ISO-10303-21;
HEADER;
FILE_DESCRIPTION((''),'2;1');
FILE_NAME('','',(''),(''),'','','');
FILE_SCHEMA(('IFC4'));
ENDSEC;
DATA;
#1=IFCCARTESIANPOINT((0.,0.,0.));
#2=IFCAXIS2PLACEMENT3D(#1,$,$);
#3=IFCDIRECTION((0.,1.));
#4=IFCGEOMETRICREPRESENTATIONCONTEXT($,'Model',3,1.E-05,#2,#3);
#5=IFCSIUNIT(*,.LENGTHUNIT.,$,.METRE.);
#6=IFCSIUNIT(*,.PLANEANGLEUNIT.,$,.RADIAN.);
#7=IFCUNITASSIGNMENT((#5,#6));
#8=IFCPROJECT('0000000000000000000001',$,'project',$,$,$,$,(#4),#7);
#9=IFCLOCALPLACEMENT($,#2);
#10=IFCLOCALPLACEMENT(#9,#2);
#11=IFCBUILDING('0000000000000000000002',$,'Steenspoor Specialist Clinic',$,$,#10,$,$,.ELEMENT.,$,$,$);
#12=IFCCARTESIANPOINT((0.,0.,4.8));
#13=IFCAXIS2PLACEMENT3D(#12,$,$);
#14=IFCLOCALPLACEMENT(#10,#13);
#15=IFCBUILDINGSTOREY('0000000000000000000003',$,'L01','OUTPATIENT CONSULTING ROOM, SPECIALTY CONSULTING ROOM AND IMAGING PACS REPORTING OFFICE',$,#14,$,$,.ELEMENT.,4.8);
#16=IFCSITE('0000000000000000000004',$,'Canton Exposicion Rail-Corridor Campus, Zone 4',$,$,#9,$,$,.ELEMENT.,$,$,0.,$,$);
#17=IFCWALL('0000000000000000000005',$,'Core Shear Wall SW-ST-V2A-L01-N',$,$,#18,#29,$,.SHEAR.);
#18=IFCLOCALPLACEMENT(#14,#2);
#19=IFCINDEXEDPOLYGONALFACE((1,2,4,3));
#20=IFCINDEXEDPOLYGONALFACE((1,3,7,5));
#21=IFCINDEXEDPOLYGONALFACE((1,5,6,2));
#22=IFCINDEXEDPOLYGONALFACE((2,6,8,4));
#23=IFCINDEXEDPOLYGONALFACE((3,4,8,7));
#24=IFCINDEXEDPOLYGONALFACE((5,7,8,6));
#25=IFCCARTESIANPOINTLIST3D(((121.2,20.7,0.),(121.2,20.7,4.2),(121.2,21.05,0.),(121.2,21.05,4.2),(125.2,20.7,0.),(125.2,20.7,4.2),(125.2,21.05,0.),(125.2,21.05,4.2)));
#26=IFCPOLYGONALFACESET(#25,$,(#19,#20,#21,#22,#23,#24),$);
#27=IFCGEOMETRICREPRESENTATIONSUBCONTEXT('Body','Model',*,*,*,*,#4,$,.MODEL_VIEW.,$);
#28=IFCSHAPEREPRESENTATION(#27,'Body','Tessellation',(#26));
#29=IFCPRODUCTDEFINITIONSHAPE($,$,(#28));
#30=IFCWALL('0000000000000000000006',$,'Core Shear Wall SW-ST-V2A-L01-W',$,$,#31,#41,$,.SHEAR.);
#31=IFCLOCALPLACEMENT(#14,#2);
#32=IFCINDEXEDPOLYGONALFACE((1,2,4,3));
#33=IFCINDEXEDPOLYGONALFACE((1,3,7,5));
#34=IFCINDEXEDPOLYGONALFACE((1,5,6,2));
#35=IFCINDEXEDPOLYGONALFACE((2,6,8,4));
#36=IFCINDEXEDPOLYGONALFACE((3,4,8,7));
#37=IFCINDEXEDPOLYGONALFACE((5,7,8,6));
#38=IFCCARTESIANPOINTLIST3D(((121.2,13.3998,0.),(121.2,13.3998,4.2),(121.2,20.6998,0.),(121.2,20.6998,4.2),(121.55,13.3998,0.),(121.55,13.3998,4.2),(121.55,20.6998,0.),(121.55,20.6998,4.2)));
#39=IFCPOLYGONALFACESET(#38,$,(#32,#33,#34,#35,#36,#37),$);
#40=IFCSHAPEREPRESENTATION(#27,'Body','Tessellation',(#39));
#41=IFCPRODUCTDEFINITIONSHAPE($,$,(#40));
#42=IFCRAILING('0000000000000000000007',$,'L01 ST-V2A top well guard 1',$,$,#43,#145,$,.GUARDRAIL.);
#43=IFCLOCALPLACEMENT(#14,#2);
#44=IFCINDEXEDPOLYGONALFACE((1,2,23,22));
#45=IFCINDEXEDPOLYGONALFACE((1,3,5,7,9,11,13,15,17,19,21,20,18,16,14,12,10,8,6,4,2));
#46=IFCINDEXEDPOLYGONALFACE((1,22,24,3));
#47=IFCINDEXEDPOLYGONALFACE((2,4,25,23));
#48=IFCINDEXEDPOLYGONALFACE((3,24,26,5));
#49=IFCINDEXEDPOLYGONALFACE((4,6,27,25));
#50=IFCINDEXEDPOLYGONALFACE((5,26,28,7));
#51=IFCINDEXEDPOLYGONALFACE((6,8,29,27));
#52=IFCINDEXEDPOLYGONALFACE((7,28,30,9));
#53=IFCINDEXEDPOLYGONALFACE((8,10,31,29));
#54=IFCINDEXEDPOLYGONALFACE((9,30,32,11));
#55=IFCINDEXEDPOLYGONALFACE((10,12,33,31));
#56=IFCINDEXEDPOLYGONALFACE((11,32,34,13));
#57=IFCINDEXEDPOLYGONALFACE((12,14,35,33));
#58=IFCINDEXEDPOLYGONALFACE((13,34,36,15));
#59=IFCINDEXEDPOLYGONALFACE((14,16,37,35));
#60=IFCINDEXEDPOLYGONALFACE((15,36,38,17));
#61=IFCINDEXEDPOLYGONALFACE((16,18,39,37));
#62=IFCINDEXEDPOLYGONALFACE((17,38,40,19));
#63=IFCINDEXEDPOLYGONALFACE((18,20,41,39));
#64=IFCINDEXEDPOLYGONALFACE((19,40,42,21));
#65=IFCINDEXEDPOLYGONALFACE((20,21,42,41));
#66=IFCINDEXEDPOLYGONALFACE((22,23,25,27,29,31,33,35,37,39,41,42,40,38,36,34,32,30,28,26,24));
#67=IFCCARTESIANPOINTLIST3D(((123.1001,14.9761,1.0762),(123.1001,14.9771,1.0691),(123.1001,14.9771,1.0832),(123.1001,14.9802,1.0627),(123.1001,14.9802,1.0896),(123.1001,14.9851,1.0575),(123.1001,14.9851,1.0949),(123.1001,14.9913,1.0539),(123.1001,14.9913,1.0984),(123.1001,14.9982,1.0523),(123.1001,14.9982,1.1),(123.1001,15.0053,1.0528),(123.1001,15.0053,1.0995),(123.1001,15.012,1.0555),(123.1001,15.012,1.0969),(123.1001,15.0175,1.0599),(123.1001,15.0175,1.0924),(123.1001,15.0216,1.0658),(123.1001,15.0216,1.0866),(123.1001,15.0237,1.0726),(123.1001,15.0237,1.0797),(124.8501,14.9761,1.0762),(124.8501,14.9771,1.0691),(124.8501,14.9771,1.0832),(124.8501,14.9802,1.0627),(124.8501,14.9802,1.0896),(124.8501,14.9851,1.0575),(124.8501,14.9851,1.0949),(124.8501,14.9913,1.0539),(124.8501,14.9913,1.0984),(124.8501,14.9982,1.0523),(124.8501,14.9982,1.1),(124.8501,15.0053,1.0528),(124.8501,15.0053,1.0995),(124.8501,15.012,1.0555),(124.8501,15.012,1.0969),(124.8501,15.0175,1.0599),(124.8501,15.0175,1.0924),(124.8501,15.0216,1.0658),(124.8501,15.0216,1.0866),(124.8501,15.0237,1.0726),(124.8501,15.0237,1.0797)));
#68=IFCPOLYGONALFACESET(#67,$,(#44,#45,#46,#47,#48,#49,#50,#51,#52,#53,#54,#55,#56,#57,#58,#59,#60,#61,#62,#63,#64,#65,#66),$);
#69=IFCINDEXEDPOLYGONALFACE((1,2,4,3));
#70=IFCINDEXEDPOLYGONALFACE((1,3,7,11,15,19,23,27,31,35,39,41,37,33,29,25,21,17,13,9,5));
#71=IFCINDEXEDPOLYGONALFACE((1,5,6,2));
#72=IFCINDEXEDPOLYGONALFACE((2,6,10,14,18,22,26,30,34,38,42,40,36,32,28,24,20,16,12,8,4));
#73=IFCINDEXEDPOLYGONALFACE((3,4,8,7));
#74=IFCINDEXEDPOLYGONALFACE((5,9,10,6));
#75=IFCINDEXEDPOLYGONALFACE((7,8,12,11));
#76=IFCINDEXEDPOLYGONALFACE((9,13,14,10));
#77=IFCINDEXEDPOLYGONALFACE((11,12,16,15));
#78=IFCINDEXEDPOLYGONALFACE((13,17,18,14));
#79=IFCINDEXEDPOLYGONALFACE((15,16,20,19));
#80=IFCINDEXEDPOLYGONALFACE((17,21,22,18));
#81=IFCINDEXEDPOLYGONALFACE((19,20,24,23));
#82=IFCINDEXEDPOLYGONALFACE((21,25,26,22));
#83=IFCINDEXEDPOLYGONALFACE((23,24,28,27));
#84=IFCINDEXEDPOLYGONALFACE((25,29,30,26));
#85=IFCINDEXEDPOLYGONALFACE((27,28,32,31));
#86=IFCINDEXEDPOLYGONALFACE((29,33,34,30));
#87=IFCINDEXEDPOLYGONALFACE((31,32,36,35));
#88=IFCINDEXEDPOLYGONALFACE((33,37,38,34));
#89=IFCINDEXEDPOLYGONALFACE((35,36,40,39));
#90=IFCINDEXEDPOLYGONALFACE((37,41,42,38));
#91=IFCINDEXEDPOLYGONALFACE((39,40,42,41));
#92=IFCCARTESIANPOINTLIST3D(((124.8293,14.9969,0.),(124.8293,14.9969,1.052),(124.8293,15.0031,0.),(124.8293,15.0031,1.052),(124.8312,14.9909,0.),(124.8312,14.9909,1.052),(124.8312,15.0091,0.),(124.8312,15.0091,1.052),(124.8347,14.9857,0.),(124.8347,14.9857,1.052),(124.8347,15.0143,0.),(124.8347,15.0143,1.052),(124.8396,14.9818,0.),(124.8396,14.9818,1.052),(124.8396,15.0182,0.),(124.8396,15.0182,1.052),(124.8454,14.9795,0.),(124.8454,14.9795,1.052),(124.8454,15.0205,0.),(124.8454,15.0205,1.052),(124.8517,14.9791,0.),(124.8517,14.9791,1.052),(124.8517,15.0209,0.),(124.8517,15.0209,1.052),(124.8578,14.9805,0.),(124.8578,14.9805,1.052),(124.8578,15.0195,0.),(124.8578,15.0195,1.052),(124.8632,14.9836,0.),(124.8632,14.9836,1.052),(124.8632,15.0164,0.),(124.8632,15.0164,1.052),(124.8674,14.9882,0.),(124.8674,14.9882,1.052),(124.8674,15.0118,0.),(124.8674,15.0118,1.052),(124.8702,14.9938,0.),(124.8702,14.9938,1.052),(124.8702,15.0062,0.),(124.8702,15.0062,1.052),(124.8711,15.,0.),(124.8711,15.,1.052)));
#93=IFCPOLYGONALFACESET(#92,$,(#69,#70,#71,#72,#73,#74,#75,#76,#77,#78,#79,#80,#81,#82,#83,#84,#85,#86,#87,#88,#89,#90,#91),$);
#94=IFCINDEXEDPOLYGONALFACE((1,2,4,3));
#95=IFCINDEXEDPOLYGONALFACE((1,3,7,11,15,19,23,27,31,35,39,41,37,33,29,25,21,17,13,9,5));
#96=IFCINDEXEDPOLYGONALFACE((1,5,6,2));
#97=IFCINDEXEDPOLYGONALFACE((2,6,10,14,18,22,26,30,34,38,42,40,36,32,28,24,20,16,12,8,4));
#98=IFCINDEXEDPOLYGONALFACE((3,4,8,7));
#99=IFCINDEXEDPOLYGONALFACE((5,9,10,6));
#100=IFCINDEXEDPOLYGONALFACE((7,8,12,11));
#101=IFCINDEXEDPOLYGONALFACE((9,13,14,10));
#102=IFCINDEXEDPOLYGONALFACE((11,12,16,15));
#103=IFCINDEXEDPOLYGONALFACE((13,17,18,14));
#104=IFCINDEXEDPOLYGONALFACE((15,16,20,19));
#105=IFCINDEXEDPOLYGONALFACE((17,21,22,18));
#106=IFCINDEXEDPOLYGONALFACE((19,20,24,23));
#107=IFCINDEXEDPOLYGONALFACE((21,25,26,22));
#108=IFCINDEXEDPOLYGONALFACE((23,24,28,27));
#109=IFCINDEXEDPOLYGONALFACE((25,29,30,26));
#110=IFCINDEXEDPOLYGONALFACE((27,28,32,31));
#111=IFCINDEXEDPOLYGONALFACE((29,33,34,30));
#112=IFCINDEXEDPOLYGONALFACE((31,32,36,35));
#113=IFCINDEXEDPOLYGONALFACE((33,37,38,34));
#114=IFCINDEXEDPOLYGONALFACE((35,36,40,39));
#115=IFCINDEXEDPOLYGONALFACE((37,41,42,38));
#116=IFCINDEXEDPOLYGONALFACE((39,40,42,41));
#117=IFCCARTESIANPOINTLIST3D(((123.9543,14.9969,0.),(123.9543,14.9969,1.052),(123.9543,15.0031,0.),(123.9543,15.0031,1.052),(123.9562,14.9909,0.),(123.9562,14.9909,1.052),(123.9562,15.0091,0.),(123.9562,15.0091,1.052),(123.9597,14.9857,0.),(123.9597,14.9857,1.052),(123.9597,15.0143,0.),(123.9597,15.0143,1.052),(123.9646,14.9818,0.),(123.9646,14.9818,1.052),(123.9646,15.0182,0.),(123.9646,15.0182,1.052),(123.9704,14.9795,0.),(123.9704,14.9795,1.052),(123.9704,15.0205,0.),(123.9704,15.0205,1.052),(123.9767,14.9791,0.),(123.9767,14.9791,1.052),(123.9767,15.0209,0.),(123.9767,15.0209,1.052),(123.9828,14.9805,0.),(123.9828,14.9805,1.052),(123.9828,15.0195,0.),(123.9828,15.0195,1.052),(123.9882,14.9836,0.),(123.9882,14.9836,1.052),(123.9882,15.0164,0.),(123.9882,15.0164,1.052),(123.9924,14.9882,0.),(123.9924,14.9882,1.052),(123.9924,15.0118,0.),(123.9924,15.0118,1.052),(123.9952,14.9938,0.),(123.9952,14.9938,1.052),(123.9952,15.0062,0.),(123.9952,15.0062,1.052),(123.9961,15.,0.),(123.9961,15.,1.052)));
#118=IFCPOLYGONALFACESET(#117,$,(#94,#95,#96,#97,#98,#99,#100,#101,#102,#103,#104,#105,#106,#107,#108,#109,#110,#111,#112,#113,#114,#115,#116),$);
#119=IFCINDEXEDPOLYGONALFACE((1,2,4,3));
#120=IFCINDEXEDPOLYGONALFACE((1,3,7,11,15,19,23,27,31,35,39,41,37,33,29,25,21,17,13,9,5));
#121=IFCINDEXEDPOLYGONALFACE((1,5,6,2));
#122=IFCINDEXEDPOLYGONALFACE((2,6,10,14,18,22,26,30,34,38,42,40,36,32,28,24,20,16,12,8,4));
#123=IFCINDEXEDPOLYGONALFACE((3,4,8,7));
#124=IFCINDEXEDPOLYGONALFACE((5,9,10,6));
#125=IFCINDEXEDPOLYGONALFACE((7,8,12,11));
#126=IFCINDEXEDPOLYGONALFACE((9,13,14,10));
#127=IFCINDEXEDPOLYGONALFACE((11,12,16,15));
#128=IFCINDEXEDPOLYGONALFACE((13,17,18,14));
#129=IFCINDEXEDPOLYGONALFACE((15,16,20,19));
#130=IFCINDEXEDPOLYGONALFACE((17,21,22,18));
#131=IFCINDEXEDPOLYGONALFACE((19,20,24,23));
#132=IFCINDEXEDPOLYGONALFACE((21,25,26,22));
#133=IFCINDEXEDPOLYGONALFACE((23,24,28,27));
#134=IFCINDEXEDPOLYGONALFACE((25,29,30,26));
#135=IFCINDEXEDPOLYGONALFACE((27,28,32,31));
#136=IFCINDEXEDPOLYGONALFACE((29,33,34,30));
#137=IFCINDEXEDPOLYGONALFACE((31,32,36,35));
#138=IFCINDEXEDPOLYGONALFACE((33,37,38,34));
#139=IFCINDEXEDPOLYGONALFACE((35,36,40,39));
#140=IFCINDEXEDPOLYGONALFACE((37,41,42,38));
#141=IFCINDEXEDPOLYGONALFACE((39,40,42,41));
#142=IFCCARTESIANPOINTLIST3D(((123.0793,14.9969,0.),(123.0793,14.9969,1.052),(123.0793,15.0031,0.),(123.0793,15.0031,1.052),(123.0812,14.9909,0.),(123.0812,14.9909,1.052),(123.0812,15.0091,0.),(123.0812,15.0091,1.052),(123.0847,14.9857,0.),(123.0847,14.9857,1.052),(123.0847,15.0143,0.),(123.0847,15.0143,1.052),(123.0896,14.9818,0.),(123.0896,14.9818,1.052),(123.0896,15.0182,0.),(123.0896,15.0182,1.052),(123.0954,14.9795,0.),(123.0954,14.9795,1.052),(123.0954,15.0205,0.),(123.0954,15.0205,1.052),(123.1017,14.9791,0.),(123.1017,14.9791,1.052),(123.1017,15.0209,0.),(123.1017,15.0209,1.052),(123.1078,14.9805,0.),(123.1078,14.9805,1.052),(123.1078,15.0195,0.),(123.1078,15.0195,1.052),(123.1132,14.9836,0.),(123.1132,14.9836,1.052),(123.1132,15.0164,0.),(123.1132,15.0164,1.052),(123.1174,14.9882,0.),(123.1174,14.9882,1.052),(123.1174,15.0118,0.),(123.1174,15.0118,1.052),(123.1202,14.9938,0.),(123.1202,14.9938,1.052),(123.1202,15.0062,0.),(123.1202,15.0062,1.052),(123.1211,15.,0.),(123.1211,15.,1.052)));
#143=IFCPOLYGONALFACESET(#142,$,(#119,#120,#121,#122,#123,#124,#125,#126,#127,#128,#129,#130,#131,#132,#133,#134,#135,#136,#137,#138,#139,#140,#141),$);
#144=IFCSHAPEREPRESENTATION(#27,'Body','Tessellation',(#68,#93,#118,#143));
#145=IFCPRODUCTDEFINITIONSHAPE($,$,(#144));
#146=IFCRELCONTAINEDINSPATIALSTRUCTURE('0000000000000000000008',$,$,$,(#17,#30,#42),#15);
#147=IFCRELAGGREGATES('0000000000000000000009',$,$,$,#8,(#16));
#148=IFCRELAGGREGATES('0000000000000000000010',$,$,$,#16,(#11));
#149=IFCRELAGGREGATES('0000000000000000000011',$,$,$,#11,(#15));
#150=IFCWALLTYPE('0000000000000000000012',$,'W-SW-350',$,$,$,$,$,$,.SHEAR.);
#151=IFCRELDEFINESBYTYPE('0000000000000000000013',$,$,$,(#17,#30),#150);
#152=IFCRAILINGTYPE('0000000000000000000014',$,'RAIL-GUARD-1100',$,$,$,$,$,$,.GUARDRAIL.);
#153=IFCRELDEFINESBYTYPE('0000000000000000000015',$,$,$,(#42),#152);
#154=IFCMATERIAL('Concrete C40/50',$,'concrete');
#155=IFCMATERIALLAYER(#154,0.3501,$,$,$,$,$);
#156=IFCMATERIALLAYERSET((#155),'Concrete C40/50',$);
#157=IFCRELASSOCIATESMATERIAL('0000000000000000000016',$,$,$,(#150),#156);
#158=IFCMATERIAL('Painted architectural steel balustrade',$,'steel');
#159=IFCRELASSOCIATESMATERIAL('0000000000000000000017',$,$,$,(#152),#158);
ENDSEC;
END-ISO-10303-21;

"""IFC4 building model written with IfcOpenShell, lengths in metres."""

from ifc_helpers import new_model, si_unit, direction, frame, frame_2d, origin, origin_2d, place, context, subcontext, project, spatial, rectangle, circle, extrude, material, layer, layer_set, type_object, element, save


model = new_model("IFC4")

# Units and contexts
model_context = context("Model", 3, precision=1e-05, world=origin(), true_north=direction((0.0, 1.0)))
body_context = subcontext(model_context, "Body", "Model", "MODEL_VIEW")
ifc_project = project(units=[si_unit("LENGTHUNIT", "METRE"), si_unit("PLANEANGLEUNIT", "RADIAN")], contexts=[model_context])

# Site, building, storey
site_placement = place(None, origin())
site = spatial("IfcSite", under=ifc_project, at=site_placement, Name="Canton Exposicion Rail-Corridor Campus, Zone 4", CompositionType="ELEMENT", RefElevation=0.0)
building_placement = place(site_placement, origin())
building = spatial("IfcBuilding", under=site, at=building_placement, Name="Steenspoor Specialist Clinic", CompositionType="ELEMENT")
storey_placement = place(building_placement, frame((0.0, 0.0, 4.8)))
storey = spatial("IfcBuildingStorey", under=building, at=storey_placement, Name="L01", Description="OUTPATIENT CONSULTING ROOM, SPECIALTY CONSULTING ROOM AND IMAGING PACS REPORTING OFFICE", CompositionType="ELEMENT", Elevation=4.8)

# Shared definitions
ifc_material_1 = material(Name="Concrete C40/50", Category="concrete")

# Walls
ifc_layer_1 = layer(ifc_material_1, 0.3501)
ifc_layer_set_1 = layer_set([ifc_layer_1], Name="Concrete C40/50")
wall_type_1 = type_object("IfcWallType", Name="W-SW-350", PredefinedType="SHEAR", material=ifc_layer_set_1)
wall_1_placement = place(storey_placement, frame((121.2, 20.875, 0.0), z_axis=(0.0, 0.0, 1.0), x_axis=(1.0, 0.0, 0.0)))
element("IfcWall", 1, at=wall_1_placement, inside=storey, type_object=wall_type_1, Name="Core Shear Wall SW-ST-V2A-L01-N", PredefinedType="SHEAR", context=body_context, shape_type="SweptSolid", body=[
    extrude(rectangle(XDim=4.0, YDim=0.3501, at=frame_2d((2.0, 0.0))), origin(), (0.0, 0.0, 1.0), 4.2),
])
wall_2_placement = place(storey_placement, frame((121.375, 13.3999, 0.0), z_axis=(0.0, 0.0, 1.0), x_axis=(0.0, 1.0, 0.0)))
element("IfcWall", 2, at=wall_2_placement, inside=storey, type_object=wall_type_1, Name="Core Shear Wall SW-ST-V2A-L01-W", PredefinedType="SHEAR", context=body_context, shape_type="SweptSolid", body=[
    extrude(rectangle(XDim=7.3, YDim=0.3501, at=frame_2d((3.6499, 0.0))), origin(), (0.0, 0.0, 1.0), 4.2),
])

# Railing
ifc_material_2 = material(Name="Painted architectural steel balustrade", Category="steel")
railing_type = type_object("IfcRailingType", Name="RAIL-GUARD-1100", PredefinedType="GUARDRAIL", material=ifc_material_2)
railing_placement = place(storey_placement, frame((124.8501, 15.0, 0.0)))
element("IfcRailing", 3, at=railing_placement, inside=storey, type_object=railing_type, Name="L01 ST-V2A top well guard 1", PredefinedType="GUARDRAIL", context=body_context, shape_type="SweptSolid", body=[
    extrude(circle(Radius=0.0239, at=origin_2d()), frame((0.0, 0.0, 1.0762), z_axis=(-1.0, 0.0, 0.0), x_axis=(0.0, -1.0, 0.0)), (0.0, 0.0, 1.0), 1.75),
    extrude(circle(Radius=0.021, at=origin_2d()), origin(), (0.0, 0.0, 1.0), 1.052),
    extrude(circle(Radius=0.021, at=origin_2d()), frame((-0.875, 0.0, 0.0)), (0.0, 0.0, 1.0), 1.052),
    extrude(circle(Radius=0.021, at=origin_2d()), frame((-1.75, 0.0, 0.0)), (0.0, 0.0, 1.0), 1.052),
])

save(model, "model.ifc")
